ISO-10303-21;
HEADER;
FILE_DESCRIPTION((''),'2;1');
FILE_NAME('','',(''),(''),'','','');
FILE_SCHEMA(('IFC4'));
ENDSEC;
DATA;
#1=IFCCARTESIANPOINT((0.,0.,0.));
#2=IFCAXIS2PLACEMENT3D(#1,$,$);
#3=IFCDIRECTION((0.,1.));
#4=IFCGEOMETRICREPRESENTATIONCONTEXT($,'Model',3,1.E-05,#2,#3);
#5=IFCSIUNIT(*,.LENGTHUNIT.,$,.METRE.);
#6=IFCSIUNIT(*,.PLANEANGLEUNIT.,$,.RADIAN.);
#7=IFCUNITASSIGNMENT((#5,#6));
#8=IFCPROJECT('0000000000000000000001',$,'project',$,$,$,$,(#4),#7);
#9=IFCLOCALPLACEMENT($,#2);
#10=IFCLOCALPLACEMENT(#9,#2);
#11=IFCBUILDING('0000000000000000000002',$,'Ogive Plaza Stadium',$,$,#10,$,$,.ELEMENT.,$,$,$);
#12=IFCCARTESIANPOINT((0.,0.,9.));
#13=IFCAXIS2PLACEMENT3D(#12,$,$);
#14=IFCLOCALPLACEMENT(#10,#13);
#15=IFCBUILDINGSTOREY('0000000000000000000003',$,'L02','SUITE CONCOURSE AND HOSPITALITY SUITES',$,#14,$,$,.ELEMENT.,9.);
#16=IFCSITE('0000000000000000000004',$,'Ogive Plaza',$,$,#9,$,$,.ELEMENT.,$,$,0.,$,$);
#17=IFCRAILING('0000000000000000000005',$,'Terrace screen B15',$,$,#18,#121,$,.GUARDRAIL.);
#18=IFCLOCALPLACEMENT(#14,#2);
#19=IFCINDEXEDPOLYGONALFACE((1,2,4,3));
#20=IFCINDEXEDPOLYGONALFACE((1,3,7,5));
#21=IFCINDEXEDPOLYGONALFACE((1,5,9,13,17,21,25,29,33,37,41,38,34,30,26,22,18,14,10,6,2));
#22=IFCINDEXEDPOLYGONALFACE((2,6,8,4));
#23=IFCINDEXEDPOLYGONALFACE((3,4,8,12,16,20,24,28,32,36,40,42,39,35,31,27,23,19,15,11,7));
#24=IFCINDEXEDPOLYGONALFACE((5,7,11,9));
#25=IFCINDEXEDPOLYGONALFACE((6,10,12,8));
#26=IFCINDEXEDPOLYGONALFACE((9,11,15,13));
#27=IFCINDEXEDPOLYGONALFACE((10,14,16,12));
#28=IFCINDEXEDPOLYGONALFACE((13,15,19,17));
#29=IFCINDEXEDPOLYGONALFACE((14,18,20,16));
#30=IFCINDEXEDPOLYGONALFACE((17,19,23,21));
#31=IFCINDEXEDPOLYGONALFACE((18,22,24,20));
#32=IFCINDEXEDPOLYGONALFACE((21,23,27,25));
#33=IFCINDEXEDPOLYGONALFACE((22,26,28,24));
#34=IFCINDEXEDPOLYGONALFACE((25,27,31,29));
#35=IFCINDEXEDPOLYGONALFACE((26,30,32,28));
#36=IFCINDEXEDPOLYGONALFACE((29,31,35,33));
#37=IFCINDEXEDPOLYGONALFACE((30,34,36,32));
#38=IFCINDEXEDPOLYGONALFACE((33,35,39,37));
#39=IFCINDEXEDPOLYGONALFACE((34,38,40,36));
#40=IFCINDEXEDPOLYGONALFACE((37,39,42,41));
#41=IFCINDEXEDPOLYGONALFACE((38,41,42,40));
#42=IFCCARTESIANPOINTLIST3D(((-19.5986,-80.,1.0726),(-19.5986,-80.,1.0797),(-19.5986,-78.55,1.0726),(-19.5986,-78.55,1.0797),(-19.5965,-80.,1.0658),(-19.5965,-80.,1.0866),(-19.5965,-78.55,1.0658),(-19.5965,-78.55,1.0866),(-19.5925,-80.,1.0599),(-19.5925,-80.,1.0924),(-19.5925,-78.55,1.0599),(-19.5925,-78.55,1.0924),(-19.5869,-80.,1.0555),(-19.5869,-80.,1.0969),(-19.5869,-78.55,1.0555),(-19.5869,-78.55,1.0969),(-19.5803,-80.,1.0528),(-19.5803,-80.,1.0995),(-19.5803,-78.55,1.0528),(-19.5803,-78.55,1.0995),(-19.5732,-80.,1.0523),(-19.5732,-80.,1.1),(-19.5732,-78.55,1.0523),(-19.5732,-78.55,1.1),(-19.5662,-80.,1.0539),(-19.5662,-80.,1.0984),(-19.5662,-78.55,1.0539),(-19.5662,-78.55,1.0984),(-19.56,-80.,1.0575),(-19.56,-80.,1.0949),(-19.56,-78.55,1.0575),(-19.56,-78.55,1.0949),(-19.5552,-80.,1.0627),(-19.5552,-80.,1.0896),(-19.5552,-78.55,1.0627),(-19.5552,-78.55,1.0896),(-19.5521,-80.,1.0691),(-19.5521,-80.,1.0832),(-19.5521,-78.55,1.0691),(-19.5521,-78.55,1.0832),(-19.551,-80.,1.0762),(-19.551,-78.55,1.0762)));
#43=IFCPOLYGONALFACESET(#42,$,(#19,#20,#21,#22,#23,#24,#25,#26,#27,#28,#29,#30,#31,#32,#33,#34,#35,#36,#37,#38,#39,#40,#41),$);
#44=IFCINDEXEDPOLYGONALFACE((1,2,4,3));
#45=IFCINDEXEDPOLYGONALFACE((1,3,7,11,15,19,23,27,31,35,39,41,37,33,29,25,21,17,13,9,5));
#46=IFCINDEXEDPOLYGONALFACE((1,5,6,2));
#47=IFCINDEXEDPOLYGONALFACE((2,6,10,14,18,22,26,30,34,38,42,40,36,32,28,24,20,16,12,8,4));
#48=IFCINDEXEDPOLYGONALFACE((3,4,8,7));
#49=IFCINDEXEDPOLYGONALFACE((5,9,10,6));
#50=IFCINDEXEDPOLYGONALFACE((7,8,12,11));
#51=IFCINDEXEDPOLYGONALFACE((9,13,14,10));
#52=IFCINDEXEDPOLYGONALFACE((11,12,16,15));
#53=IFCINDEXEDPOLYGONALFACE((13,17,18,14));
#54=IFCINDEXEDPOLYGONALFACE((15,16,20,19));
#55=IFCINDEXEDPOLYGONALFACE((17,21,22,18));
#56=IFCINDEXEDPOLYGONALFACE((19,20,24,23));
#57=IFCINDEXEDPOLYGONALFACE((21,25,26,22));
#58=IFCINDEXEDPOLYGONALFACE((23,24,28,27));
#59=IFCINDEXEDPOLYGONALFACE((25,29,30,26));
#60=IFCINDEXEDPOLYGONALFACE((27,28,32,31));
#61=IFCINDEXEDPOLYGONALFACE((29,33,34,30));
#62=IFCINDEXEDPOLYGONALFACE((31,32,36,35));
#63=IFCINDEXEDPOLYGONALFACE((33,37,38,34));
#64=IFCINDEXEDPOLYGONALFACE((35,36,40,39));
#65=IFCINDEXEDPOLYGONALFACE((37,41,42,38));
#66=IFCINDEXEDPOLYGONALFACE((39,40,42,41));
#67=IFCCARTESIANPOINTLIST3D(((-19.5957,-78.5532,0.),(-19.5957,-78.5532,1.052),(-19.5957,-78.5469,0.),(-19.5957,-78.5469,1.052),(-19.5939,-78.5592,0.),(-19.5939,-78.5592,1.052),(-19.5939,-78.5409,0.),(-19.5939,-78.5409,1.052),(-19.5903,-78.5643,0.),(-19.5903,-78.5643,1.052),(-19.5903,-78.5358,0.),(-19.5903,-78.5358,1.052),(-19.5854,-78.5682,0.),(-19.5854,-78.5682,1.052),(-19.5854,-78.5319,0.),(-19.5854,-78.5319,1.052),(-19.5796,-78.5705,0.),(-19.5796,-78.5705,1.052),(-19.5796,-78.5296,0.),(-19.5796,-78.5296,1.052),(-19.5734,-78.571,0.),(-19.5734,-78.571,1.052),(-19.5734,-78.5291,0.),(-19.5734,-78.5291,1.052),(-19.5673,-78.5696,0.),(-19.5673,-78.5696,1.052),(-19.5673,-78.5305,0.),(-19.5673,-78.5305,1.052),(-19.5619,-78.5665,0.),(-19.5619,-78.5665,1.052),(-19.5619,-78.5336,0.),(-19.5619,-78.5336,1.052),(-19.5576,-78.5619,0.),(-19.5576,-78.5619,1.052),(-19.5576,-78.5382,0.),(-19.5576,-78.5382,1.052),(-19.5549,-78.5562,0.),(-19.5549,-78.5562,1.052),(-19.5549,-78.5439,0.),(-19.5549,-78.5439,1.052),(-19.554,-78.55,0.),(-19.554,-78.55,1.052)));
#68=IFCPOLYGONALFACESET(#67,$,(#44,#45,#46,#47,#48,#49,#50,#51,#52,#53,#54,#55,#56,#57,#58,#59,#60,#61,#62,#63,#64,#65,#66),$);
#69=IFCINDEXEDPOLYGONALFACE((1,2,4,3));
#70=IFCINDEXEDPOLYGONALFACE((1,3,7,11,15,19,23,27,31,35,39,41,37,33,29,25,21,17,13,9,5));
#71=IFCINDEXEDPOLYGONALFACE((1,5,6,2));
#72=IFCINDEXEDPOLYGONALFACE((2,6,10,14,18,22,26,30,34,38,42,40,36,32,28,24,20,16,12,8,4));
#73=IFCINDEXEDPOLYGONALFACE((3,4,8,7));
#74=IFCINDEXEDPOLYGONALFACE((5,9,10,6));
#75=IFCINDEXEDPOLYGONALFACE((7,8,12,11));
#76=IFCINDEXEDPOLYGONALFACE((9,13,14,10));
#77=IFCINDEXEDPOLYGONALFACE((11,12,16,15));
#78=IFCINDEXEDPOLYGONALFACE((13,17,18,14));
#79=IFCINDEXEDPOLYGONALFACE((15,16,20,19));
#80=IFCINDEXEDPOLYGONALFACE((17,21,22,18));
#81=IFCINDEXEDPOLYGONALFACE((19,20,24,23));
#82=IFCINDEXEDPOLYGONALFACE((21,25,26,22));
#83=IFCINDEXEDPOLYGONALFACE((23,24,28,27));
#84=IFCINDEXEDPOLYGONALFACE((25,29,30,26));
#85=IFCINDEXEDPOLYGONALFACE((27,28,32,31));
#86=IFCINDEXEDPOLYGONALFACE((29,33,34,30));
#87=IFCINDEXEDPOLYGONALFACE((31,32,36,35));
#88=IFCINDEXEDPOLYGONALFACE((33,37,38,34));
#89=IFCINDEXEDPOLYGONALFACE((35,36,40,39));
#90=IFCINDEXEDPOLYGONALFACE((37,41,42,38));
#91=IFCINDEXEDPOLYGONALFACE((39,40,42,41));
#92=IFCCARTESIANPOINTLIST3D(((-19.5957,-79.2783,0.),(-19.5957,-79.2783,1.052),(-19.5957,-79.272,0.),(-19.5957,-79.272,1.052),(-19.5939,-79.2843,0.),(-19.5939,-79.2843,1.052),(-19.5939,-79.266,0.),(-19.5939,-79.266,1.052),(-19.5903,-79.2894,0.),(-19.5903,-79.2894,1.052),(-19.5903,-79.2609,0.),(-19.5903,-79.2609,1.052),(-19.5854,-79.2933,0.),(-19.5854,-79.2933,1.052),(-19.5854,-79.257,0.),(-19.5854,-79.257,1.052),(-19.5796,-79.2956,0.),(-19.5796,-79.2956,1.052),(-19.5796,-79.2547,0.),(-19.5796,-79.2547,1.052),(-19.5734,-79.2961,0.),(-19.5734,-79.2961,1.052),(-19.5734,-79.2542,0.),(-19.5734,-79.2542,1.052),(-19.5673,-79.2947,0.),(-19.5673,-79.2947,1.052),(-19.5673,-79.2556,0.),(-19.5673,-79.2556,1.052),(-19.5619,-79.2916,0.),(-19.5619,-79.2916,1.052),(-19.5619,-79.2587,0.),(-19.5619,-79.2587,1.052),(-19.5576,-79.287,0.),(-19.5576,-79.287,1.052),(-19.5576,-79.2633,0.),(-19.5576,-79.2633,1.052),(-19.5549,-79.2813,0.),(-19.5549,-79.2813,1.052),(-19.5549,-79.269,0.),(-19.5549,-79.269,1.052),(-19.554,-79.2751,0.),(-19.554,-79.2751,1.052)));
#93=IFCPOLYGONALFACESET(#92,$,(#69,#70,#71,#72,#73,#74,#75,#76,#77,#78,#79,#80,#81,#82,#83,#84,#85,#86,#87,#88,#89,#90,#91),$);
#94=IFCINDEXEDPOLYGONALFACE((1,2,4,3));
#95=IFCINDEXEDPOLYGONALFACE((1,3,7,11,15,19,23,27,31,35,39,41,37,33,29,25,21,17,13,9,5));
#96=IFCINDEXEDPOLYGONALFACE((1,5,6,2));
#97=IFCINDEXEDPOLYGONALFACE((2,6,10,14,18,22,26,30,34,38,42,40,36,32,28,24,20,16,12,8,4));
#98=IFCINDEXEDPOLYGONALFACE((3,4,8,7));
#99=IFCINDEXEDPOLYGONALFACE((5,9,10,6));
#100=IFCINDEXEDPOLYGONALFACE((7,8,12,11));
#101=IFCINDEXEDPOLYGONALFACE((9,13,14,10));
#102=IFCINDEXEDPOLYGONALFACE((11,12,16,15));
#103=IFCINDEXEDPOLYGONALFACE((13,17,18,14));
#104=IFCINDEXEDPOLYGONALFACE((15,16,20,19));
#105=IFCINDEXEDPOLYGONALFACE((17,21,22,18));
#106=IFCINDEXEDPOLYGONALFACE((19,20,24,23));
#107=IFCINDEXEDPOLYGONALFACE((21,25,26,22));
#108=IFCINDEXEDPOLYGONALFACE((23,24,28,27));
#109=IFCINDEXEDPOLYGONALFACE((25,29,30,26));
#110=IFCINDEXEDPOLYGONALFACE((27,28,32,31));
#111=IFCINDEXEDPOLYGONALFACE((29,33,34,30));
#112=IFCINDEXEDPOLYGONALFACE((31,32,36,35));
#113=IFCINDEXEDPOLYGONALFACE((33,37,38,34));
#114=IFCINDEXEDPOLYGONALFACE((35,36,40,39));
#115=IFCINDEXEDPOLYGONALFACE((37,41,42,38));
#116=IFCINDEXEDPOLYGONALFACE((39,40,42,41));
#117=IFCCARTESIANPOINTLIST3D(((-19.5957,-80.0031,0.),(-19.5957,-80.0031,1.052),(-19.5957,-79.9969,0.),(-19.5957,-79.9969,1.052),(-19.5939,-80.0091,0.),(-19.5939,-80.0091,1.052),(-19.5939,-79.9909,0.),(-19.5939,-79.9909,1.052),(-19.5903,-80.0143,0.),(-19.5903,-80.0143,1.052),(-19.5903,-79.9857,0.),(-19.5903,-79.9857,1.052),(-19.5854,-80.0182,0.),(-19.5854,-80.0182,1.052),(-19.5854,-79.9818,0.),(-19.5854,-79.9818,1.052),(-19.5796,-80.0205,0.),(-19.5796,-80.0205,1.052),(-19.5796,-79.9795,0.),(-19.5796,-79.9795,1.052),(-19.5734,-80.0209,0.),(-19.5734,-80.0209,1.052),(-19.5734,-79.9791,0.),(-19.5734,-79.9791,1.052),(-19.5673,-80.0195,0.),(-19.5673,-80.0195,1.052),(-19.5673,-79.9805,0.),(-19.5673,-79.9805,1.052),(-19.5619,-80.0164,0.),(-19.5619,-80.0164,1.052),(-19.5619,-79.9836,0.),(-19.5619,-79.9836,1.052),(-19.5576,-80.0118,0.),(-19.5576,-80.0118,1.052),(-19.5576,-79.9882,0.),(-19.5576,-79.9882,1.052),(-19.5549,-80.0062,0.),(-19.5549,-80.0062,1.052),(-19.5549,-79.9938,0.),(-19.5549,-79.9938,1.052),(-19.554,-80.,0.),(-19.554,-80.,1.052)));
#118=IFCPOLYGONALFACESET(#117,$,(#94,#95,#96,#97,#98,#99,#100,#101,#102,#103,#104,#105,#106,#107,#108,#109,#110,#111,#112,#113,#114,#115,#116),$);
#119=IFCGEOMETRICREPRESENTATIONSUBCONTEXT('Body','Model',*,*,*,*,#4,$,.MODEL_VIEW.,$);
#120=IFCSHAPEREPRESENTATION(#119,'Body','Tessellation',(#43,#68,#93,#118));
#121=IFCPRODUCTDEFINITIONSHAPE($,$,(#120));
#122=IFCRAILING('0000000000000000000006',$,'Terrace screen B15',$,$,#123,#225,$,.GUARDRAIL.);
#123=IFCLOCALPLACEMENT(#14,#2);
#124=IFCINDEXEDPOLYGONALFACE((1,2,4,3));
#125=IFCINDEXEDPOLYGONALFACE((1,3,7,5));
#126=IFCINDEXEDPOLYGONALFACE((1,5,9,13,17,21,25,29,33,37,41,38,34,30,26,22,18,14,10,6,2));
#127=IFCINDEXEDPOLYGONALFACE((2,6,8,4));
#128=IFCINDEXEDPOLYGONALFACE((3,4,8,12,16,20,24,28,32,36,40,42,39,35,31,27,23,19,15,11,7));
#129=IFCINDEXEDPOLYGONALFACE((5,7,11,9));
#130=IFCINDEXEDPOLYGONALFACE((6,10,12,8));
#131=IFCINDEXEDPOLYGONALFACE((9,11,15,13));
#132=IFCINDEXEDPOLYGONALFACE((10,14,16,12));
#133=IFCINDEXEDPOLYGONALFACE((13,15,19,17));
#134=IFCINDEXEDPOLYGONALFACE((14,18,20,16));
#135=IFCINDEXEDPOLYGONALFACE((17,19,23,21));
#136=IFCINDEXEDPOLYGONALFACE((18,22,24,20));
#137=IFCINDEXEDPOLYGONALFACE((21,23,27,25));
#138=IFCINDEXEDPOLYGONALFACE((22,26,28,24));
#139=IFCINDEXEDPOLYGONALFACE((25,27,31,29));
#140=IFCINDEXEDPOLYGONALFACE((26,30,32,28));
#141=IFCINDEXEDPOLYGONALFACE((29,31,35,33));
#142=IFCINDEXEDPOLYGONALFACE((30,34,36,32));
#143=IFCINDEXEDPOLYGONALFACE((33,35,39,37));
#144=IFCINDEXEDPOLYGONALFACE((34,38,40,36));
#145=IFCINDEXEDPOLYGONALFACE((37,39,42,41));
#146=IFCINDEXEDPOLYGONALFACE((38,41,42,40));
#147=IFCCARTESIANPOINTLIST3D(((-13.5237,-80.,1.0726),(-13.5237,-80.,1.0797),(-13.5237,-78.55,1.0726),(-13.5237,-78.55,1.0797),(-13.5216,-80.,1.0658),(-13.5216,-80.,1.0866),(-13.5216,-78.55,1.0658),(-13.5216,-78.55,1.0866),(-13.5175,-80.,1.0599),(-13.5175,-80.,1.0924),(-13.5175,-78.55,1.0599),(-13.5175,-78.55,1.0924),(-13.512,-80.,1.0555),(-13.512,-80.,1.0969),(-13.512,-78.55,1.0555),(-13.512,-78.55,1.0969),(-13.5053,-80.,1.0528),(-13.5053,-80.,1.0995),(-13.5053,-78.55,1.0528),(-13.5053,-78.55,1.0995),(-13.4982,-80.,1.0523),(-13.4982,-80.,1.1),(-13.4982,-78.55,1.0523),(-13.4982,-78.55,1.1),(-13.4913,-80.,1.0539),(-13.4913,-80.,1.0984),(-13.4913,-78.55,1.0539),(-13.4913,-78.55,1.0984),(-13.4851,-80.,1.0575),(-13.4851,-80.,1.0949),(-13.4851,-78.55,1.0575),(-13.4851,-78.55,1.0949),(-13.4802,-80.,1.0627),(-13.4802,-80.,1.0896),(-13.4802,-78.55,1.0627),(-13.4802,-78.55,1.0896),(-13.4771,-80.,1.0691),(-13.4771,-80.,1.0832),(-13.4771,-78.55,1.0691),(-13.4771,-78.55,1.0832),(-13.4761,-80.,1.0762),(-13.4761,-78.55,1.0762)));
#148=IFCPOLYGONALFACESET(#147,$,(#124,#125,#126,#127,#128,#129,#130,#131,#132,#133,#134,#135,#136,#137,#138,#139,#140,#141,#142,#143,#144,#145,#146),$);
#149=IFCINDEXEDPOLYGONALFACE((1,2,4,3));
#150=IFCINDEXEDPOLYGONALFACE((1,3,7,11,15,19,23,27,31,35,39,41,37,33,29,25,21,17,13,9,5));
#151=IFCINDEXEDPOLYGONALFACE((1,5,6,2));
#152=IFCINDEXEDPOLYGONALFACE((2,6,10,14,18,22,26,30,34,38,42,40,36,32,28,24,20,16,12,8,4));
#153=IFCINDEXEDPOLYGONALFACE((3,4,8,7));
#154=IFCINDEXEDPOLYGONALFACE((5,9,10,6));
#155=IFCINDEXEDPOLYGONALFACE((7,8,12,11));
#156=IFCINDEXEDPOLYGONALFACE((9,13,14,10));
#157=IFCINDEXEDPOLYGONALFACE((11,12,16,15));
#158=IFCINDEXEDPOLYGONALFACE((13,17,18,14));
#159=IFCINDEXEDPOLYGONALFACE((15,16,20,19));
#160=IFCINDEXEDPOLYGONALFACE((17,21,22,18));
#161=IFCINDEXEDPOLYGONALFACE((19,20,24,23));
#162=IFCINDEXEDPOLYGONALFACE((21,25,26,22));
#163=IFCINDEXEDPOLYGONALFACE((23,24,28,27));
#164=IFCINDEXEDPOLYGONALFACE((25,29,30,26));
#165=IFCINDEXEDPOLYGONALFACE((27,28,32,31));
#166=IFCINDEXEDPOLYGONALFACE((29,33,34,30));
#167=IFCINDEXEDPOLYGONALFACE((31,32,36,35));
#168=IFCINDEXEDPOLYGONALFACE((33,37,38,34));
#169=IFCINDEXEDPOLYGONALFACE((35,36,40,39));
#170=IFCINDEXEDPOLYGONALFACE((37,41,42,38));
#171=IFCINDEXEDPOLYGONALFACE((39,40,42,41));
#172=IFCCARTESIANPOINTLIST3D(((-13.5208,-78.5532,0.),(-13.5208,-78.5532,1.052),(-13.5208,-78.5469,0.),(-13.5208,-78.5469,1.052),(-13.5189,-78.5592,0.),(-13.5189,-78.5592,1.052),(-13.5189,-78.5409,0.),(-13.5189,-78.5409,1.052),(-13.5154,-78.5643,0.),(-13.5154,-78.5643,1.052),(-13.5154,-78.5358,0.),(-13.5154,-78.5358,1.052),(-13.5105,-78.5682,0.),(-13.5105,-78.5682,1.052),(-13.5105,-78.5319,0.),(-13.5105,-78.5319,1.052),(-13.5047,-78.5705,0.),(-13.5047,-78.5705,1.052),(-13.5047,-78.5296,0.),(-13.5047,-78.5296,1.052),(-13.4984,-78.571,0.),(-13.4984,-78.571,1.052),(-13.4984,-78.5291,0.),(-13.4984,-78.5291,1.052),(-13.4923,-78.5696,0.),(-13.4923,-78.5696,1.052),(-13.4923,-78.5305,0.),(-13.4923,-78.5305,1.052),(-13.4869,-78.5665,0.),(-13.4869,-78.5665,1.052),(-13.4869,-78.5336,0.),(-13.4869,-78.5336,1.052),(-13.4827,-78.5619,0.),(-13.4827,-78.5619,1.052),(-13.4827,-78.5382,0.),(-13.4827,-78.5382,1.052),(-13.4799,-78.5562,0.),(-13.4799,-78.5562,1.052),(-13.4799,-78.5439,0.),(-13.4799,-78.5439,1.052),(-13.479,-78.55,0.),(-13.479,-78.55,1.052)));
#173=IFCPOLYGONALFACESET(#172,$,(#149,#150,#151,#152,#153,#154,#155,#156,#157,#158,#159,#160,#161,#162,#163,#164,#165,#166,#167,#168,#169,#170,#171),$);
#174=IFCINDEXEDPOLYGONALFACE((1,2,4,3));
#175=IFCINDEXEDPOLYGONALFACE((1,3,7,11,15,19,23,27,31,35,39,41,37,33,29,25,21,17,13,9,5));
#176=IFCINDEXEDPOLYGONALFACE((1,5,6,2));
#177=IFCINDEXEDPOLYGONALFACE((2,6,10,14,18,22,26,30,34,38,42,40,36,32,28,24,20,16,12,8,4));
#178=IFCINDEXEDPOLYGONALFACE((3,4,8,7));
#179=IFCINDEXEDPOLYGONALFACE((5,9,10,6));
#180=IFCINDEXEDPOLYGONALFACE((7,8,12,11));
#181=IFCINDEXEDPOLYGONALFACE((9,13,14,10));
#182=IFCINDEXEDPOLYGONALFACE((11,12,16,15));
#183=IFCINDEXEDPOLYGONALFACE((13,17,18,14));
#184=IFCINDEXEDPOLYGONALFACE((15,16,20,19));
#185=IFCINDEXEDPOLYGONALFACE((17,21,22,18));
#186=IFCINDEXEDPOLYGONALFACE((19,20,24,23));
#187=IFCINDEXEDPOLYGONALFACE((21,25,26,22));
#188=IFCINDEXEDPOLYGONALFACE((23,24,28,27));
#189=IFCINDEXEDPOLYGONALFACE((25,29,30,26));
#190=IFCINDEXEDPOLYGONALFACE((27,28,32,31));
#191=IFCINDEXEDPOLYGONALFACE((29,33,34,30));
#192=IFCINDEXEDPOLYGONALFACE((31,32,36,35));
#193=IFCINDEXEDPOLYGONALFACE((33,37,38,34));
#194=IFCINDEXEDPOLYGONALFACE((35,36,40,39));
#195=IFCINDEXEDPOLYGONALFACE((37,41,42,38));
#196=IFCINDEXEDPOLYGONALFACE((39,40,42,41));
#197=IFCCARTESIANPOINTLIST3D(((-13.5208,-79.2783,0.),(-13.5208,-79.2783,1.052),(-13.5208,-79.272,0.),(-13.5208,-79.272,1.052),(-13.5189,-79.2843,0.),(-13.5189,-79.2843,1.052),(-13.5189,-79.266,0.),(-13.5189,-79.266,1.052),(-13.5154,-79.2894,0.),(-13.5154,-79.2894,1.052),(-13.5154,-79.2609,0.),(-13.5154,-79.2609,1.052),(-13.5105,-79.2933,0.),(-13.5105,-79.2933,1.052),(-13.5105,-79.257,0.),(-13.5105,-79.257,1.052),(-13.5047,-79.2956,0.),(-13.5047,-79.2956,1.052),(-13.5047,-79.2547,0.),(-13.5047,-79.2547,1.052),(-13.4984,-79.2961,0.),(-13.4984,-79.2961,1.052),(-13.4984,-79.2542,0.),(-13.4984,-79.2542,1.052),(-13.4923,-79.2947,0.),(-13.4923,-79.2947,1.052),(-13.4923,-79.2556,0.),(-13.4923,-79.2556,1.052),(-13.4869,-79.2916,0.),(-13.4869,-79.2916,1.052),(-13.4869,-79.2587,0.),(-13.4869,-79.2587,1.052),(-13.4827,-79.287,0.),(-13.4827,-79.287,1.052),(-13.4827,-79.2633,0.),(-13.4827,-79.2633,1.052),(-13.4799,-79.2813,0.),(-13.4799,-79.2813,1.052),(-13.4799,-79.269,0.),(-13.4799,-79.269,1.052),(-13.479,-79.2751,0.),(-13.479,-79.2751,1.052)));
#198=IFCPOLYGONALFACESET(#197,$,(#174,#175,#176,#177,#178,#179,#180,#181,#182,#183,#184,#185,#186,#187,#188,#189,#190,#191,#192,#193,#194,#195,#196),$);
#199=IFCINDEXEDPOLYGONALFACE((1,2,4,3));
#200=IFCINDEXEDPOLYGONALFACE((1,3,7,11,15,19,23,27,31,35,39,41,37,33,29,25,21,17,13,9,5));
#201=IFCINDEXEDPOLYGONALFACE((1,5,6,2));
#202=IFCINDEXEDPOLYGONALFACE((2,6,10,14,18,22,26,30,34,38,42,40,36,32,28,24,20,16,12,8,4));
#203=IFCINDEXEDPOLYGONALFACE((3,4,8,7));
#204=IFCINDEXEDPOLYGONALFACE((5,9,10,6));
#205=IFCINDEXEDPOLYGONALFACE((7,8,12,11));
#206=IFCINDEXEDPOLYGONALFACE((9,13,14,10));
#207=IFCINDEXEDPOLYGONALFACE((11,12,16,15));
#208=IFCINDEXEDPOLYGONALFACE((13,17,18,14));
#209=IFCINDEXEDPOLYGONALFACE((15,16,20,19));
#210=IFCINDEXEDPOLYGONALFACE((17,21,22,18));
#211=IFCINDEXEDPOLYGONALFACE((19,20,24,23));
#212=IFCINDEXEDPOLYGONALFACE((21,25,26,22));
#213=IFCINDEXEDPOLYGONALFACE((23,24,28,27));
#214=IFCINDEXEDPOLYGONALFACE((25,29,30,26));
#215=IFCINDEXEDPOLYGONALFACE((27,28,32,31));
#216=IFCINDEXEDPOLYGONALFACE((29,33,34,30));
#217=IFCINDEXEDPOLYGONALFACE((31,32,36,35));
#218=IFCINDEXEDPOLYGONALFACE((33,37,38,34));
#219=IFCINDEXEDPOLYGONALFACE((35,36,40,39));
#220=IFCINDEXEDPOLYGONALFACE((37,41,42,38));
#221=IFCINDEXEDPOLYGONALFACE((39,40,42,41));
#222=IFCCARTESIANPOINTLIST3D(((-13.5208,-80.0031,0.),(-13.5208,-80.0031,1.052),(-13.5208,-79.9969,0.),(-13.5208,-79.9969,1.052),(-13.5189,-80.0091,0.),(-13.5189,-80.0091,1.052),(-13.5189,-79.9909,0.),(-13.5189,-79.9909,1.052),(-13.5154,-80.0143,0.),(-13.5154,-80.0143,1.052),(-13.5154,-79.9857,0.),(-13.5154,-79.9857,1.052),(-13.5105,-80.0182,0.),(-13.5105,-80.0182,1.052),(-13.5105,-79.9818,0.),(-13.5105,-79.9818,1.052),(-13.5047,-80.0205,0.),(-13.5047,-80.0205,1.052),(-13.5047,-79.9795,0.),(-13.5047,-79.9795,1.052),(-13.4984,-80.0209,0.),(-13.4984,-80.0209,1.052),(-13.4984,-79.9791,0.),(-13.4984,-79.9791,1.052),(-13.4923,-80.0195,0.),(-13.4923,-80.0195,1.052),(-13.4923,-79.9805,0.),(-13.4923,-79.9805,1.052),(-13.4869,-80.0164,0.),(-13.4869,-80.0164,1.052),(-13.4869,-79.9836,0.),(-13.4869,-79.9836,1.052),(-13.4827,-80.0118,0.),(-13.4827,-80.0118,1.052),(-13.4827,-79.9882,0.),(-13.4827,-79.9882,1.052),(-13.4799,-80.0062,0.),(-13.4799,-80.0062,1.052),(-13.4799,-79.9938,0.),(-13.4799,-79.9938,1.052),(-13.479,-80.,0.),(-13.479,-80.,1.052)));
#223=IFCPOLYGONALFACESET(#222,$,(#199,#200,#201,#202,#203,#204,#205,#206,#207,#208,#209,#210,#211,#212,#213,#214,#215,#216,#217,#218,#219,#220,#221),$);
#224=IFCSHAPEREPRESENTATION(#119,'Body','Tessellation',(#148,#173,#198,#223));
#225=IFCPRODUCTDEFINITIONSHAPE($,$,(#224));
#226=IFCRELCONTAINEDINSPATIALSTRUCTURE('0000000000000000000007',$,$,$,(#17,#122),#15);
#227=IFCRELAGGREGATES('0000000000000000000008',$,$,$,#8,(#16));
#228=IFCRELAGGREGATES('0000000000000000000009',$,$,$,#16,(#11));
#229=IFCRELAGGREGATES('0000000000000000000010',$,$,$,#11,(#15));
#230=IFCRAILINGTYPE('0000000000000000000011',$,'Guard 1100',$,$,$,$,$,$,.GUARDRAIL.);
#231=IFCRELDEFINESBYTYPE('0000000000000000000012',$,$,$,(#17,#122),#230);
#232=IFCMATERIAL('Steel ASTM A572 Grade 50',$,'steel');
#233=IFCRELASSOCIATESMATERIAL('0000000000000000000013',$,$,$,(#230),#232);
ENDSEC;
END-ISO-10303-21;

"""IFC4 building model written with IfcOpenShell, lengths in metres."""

from ifc_helpers import new_model, si_unit, direction, frame, origin, origin_2d, place, context, subcontext, project, spatial, circle, extrude, material, type_object, element, save


model = new_model("IFC4")

# Units and contexts
model_context = context("Model", 3, precision=1e-05, world=origin(), true_north=direction((0.0, 1.0)))
body_context = subcontext(model_context, "Body", "Model", "MODEL_VIEW")
ifc_project = project(units=[si_unit("LENGTHUNIT", "METRE"), si_unit("PLANEANGLEUNIT", "RADIAN")], contexts=[model_context])

# Site, building, storey
site_placement = place(None, origin())
site = spatial("IfcSite", under=ifc_project, at=site_placement, Name="Ogive Plaza", CompositionType="ELEMENT", RefElevation=0.0)
building_placement = place(site_placement, origin())
building = spatial("IfcBuilding", under=site, at=building_placement, Name="Ogive Plaza Stadium", CompositionType="ELEMENT")
storey_placement = place(building_placement, frame((0.0, 0.0, 9.0)))
storey = spatial("IfcBuildingStorey", under=building, at=storey_placement, Name="L02", Description="SUITE CONCOURSE AND HOSPITALITY SUITES", CompositionType="ELEMENT", Elevation=9.0)

# Railings
ifc_material_1 = material(Name="Steel ASTM A572 Grade 50", Category="steel")
railing_type_1 = type_object("IfcRailingType", Name="Guard 1100", PredefinedType="GUARDRAIL", material=ifc_material_1)
for number, where, name in (
    (1, (-19.575, -78.55, 0.0), "Terrace screen B15"),
    (2, (-13.5, -78.55, 0.0), "Terrace screen B15"),
):
    element("IfcRailing", number, at=place(storey_placement, frame(where)), inside=storey, type_object=railing_type_1, Name=name, PredefinedType="GUARDRAIL", context=body_context, shape_type="SweptSolid", body=[
        extrude(circle(Radius=0.0239, at=origin_2d()), frame((0.0, 0.0, 1.0762), z_axis=(0.0, -1.0, 0.0), x_axis=(1.0, 0.0, 0.0)), (0.0, 0.0, 1.0), 1.45),
        extrude(circle(Radius=0.021, at=origin_2d()), origin(), (0.0, 0.0, 1.0), 1.052),
        extrude(circle(Radius=0.021, at=origin_2d()), frame((0.0, -0.7251, 0.0)), (0.0, 0.0, 1.0), 1.052),
        extrude(circle(Radius=0.021, at=origin_2d()), frame((0.0, -1.45, 0.0)), (0.0, 0.0, 1.0), 1.052),
    ])

save(model, "model.ifc")
